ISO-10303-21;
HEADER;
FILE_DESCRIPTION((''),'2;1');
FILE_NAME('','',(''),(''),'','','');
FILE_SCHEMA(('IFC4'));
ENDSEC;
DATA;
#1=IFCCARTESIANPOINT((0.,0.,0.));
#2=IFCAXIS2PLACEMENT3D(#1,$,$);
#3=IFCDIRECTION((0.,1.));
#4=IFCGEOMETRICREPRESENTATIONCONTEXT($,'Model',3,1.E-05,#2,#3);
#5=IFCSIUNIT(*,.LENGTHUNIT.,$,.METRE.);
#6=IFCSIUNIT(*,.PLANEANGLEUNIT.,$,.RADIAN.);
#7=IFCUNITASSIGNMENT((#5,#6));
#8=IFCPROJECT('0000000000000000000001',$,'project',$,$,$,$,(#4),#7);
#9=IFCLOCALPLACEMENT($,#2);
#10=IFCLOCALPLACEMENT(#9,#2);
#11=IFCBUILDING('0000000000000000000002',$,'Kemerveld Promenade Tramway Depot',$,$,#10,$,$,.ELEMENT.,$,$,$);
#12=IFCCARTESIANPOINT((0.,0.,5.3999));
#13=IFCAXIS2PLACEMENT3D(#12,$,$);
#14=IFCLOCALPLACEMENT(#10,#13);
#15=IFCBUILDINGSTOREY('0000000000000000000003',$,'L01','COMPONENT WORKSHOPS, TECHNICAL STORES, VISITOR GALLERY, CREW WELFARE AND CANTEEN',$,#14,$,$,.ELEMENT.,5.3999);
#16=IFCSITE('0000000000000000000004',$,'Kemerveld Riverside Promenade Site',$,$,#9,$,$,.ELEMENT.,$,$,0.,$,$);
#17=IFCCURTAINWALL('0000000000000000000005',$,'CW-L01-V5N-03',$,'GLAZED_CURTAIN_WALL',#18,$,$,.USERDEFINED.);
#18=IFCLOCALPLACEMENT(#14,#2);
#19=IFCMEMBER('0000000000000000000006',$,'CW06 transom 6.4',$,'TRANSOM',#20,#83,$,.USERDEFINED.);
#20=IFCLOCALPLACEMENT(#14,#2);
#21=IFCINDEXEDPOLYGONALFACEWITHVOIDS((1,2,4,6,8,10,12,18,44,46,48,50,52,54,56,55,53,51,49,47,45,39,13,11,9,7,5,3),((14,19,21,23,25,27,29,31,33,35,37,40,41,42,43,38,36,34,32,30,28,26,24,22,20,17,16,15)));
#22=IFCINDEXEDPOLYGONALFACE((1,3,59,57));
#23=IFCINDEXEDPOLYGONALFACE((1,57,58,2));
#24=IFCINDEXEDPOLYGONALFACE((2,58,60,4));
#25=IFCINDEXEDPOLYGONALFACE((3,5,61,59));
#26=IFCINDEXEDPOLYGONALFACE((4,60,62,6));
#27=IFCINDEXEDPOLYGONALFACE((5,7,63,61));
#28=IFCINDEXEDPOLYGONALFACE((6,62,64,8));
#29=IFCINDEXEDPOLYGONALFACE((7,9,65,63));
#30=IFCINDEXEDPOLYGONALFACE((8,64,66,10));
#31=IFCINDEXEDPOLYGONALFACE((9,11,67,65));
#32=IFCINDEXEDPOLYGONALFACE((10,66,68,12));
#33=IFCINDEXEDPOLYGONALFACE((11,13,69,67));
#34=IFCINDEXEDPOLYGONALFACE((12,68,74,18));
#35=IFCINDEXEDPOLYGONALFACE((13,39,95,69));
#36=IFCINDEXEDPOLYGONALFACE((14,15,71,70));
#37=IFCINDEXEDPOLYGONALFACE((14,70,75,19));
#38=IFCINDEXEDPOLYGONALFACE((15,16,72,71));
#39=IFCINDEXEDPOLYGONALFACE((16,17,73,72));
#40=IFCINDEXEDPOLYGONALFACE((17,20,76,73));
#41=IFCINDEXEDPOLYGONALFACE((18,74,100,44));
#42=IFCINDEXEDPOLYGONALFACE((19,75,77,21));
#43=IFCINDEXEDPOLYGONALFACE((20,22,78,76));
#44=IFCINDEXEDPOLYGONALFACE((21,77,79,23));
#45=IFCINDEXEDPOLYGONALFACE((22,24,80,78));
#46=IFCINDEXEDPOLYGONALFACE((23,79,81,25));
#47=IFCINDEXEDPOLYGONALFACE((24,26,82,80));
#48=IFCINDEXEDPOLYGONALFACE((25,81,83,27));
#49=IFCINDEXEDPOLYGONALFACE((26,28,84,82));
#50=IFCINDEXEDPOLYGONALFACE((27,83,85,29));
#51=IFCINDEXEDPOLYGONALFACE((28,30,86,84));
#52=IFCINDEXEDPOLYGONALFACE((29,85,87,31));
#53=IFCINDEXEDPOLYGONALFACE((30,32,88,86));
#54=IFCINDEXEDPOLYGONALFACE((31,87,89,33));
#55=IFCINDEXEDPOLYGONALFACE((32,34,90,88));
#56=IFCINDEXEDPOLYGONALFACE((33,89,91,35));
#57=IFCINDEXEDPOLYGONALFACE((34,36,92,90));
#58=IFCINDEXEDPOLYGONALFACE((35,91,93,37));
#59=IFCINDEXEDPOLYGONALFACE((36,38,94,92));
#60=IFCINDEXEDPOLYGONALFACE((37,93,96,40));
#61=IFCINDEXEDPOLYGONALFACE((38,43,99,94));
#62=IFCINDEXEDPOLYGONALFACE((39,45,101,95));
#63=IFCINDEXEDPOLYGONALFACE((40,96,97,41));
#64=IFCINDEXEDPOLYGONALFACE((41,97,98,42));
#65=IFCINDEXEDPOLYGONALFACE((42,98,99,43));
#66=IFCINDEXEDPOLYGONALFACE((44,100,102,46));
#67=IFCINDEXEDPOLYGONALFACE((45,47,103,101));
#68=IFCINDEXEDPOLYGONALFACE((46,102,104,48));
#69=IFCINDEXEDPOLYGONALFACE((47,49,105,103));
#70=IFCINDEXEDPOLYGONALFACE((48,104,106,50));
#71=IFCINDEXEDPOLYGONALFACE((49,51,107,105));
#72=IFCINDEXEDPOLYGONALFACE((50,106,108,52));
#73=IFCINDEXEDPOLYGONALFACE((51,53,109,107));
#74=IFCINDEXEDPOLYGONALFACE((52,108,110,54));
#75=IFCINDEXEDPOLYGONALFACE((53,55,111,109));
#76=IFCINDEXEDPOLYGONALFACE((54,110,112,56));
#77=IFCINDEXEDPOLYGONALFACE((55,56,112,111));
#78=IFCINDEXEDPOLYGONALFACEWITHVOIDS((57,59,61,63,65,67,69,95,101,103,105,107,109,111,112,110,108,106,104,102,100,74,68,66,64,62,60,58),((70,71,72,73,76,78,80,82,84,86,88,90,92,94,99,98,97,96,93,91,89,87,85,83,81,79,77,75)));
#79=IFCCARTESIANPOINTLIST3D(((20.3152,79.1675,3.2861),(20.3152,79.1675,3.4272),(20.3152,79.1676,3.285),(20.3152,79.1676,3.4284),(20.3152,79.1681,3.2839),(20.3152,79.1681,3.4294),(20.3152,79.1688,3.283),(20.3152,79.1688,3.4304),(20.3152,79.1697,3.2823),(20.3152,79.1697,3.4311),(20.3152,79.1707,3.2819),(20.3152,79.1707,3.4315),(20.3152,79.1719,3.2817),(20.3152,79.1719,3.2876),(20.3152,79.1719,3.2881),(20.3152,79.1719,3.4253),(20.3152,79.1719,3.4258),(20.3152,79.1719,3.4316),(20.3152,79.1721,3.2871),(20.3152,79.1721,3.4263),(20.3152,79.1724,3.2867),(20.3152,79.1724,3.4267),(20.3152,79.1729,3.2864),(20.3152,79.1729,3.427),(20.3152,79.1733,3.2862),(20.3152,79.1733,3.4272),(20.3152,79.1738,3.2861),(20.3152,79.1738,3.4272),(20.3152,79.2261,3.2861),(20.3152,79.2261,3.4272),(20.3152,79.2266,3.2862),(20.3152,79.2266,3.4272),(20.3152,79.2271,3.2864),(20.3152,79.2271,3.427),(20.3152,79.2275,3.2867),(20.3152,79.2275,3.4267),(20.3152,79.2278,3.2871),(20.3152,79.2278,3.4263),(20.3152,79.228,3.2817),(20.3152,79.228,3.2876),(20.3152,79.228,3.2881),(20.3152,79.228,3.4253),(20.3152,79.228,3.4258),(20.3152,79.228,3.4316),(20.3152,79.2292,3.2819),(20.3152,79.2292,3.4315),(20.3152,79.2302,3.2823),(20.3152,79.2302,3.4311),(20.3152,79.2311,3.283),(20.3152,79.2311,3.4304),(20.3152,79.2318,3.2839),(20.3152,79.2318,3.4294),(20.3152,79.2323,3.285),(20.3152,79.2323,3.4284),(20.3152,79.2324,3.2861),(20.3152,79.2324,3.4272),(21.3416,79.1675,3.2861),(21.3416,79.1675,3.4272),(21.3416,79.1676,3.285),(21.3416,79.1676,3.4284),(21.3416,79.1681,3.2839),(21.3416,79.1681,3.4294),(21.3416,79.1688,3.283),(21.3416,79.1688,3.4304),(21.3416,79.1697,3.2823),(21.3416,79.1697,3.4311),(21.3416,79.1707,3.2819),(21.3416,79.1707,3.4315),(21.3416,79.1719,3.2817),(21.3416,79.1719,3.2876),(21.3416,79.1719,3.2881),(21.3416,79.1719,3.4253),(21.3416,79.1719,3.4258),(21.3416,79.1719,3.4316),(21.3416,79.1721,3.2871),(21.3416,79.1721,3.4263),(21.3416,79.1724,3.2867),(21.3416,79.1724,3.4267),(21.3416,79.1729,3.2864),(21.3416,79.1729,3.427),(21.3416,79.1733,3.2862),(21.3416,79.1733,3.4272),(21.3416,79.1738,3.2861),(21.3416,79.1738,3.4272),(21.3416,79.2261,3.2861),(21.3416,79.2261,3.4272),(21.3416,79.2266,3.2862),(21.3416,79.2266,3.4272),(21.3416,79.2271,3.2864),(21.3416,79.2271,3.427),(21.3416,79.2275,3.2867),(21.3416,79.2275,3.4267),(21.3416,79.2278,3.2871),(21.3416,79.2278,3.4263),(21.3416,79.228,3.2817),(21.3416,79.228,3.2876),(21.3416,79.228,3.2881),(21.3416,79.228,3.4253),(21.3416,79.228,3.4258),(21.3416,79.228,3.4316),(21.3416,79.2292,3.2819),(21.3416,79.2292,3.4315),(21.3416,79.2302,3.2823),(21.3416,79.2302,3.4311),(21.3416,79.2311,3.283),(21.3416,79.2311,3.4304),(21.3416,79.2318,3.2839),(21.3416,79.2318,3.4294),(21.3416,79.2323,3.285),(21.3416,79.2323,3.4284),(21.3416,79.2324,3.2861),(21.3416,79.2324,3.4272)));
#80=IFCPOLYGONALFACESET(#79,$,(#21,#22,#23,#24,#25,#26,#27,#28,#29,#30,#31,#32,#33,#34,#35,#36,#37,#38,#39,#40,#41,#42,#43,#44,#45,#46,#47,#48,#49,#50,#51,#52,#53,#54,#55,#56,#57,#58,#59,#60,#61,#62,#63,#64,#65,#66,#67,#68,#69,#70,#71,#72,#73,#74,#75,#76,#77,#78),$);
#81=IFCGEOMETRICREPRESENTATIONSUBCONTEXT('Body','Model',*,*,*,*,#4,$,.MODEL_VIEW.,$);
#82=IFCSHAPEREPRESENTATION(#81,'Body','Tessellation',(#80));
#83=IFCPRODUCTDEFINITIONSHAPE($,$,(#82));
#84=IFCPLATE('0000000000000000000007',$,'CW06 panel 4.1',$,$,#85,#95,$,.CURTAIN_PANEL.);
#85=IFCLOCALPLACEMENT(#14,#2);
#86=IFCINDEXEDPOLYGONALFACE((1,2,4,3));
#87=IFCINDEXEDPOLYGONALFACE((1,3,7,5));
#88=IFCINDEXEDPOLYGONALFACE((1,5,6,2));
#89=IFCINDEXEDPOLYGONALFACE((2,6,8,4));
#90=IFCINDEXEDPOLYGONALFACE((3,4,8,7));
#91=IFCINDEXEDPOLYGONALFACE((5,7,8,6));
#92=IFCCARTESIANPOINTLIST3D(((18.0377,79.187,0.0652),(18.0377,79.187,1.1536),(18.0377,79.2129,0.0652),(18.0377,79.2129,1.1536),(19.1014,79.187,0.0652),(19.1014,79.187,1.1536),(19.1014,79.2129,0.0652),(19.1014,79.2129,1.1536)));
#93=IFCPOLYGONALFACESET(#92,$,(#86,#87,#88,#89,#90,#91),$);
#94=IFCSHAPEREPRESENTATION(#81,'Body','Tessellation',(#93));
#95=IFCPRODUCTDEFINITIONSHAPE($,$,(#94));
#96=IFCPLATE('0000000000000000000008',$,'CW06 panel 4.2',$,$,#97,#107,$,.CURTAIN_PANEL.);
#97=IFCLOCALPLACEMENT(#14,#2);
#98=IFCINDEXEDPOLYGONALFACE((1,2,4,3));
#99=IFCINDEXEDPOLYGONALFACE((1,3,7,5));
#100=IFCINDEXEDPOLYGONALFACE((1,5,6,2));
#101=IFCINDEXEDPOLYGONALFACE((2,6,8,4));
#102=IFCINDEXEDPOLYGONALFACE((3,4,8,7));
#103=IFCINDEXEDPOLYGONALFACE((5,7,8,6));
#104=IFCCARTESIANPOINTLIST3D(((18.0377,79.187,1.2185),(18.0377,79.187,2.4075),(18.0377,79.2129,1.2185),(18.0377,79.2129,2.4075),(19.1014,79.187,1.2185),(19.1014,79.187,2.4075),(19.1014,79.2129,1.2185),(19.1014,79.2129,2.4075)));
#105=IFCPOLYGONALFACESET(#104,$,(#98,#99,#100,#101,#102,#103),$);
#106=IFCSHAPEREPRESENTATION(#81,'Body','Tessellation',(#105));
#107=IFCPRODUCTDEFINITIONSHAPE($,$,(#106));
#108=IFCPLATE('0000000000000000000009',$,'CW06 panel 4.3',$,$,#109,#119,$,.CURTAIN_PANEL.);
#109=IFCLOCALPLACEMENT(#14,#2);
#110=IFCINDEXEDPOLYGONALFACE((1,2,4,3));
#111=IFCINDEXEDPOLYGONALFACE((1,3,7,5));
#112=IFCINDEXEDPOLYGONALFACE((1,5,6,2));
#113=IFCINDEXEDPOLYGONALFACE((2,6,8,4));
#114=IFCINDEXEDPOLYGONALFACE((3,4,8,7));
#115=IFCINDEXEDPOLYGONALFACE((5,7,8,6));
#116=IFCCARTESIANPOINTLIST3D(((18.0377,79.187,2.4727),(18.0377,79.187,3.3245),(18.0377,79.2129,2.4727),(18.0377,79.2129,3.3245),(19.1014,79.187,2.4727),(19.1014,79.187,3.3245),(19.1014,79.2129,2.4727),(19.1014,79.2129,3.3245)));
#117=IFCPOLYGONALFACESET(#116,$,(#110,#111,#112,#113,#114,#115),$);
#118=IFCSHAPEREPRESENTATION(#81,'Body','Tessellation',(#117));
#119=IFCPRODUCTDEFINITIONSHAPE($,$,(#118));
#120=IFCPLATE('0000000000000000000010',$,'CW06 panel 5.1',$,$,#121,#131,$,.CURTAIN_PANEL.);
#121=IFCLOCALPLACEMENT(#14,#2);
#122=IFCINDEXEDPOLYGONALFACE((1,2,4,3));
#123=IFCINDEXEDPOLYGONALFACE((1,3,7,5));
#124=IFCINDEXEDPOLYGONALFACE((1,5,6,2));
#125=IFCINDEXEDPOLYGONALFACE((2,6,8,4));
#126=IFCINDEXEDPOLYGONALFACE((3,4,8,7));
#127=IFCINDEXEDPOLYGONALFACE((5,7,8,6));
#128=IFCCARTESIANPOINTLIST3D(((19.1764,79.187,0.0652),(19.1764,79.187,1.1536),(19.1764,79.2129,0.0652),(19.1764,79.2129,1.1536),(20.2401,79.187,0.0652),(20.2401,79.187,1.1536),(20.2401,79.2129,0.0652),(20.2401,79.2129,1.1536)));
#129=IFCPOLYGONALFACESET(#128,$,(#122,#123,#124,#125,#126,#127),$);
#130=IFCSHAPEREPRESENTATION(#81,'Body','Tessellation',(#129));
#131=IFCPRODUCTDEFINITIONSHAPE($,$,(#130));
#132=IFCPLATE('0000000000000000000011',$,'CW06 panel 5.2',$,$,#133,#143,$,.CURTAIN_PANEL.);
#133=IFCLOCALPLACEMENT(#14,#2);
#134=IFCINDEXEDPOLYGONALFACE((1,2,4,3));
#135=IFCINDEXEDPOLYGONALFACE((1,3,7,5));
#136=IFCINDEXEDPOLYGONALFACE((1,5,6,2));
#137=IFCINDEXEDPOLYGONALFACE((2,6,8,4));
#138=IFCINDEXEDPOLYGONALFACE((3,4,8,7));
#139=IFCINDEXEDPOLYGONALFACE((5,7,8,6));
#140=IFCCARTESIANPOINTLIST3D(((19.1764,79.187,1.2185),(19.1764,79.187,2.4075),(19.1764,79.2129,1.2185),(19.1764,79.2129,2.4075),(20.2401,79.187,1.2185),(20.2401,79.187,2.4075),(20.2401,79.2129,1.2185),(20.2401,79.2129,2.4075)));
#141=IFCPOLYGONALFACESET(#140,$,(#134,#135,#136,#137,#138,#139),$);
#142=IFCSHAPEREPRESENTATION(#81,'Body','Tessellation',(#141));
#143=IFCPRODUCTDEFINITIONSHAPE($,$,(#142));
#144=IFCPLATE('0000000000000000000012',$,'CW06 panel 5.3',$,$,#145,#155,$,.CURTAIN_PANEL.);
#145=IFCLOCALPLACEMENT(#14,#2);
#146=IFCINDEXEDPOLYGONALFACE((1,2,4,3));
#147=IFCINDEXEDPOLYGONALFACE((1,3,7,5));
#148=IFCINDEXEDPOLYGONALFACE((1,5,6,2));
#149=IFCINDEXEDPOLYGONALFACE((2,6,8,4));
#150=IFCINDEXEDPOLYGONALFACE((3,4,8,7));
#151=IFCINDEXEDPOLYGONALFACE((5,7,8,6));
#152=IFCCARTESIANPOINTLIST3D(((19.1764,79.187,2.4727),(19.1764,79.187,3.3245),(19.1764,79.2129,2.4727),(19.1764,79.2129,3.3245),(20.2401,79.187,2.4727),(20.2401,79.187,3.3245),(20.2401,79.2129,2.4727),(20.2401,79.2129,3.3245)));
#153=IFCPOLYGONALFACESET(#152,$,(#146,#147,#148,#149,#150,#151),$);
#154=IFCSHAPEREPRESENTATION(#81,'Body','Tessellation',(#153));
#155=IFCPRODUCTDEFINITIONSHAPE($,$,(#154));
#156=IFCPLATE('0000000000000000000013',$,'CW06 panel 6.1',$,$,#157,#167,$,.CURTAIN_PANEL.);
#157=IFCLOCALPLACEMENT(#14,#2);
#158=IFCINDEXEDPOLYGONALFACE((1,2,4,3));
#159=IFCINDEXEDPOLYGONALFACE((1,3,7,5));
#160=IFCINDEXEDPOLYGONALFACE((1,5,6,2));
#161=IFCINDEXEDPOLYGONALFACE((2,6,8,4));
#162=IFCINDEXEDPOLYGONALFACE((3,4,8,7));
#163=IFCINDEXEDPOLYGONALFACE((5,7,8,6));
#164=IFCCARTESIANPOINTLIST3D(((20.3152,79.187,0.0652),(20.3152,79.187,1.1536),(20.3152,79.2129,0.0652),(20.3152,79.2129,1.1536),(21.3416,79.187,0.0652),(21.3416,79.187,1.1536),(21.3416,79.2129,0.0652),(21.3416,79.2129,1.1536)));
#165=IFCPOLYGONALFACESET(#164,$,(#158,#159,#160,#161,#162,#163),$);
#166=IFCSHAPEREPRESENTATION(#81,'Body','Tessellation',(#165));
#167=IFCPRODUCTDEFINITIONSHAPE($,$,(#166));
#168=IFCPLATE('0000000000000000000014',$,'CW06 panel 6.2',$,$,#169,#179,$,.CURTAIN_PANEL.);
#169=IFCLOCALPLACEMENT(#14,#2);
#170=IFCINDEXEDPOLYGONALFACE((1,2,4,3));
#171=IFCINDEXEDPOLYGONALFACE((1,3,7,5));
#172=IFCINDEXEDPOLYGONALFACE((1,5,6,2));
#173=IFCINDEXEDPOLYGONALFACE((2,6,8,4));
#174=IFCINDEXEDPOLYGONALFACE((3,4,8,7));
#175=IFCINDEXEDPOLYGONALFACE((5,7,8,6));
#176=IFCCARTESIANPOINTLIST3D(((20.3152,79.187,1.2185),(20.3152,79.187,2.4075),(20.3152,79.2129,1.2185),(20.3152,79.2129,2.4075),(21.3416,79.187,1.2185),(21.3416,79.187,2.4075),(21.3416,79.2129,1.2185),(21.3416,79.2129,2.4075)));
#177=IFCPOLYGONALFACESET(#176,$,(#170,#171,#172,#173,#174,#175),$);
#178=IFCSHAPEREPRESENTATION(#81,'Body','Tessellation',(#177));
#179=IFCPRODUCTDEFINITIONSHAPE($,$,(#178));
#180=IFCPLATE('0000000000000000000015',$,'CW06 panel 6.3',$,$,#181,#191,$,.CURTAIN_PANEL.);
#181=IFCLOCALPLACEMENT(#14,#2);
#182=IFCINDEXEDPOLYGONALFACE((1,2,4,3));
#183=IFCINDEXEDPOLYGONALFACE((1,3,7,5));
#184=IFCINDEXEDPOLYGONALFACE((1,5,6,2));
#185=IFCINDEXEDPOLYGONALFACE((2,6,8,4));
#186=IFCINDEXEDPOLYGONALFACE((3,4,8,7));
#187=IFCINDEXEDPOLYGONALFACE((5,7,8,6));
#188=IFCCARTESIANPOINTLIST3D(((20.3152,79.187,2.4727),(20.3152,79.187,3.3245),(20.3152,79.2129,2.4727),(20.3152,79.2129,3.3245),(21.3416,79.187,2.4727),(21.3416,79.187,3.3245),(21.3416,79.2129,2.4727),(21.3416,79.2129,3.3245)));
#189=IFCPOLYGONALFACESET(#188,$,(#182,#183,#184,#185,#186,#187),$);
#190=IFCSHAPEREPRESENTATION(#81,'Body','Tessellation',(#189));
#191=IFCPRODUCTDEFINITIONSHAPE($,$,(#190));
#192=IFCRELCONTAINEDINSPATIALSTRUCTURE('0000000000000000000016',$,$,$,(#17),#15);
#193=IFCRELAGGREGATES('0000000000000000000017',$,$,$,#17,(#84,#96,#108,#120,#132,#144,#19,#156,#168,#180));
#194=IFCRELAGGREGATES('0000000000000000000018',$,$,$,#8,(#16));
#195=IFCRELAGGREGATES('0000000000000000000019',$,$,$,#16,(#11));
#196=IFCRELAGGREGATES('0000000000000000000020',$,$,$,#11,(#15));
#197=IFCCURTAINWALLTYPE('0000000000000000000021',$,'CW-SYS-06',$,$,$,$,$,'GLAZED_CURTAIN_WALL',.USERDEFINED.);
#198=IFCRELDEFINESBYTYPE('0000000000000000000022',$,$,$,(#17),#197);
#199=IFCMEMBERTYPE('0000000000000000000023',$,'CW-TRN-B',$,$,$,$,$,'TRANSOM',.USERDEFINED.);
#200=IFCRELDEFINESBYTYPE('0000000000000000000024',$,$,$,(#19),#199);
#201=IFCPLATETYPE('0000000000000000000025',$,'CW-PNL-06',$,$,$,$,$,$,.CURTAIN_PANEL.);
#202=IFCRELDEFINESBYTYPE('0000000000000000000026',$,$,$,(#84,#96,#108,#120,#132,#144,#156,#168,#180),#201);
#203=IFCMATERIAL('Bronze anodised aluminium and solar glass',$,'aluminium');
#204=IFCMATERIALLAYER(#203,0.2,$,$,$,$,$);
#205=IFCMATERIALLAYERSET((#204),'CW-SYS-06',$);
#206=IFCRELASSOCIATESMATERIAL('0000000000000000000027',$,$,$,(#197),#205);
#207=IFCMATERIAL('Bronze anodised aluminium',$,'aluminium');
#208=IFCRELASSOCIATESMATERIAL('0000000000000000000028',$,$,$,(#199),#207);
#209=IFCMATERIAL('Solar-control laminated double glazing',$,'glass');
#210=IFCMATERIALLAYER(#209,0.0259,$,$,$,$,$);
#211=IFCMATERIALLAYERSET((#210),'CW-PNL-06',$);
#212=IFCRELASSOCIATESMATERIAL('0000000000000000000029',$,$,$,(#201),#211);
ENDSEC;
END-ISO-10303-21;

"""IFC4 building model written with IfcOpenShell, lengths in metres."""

from ifc_helpers import new_model, si_unit, direction, frame, origin, origin_2d, place, context, subcontext, project, spatial, rectangle, hollow_rectangle, extrude, material, layer, layer_set, material_profile, profile_set, type_object, element, aggregate, save


model = new_model("IFC4")

# Units and contexts
model_context = context("Model", 3, precision=1e-05, world=origin(), true_north=direction((0.0, 1.0)))
body_context = subcontext(model_context, "Body", "Model", "MODEL_VIEW")
ifc_project = project(units=[si_unit("LENGTHUNIT", "METRE"), si_unit("PLANEANGLEUNIT", "RADIAN")], contexts=[model_context])

# Site, building, storey
site_placement = place(None, origin())
site = spatial("IfcSite", under=ifc_project, at=site_placement, Name="Kemerveld Riverside Promenade Site", CompositionType="ELEMENT", RefElevation=0.0)
building_placement = place(site_placement, origin())
building = spatial("IfcBuilding", under=site, at=building_placement, Name="Kemerveld Promenade Tramway Depot", CompositionType="ELEMENT")
storey_placement = place(building_placement, frame((0.0, 0.0, 5.3999)))
storey = spatial("IfcBuildingStorey", under=building, at=storey_placement, Name="L01", Description="COMPONENT WORKSHOPS, TECHNICAL STORES, VISITOR GALLERY, CREW WELFARE AND CANTEEN", CompositionType="ELEMENT", Elevation=5.3999)

# Curtain wall, member, plates
ifc_material_1 = material(Name="Bronze anodised aluminium and solar glass", Category="aluminium")
ifc_layer_1 = layer(ifc_material_1, 0.2)
ifc_layer_set_1 = layer_set([ifc_layer_1], Name="CW-SYS-06")
curtain_wall_type = type_object("IfcCurtainWallType", Name="CW-SYS-06", ElementType="GLAZED_CURTAIN_WALL", PredefinedType="USERDEFINED", material=ifc_layer_set_1)
curtain_wall_placement = place(storey_placement, origin())
curtain_wall = element("IfcCurtainWall", 1, at=curtain_wall_placement, inside=storey, type_object=curtain_wall_type, Name="CW-L01-V5N-03", ObjectType="GLAZED_CURTAIN_WALL", PredefinedType="USERDEFINED")
ifc_material_2 = material(Name="Bronze anodised aluminium", Category="aluminium")
ifc_material_profile_1 = material_profile(ifc_material_2, hollow_rectangle(XDim=0.0649, YDim=0.1499, WallThickness=0.0044, InnerFilletRadius=0.002, OuterFilletRadius=0.0044, at=origin_2d()), Name="CW-TRN-150x65")
ifc_profile_set_1 = profile_set([ifc_material_profile_1], Name="Bronze anodised aluminium")
member_type_1 = type_object("IfcMemberType", Name="CW-TRN-B", ElementType="TRANSOM", PredefinedType="USERDEFINED", material=ifc_profile_set_1)
member_1_placement = place(storey_placement, frame((20.3152, 79.2, 3.3567), z_axis=(1.0, 0.0, 0.0), x_axis=(0.0, 1.0, 0.0)))
member_1 = element("IfcMember", 2, at=member_1_placement, type_object=member_type_1, Name="CW06 transom 6.4", ObjectType="TRANSOM", PredefinedType="USERDEFINED", context=body_context, shape_type="SweptSolid", body=[
    extrude(hollow_rectangle(XDim=0.0649, YDim=0.1499, WallThickness=0.0044, InnerFilletRadius=0.002, OuterFilletRadius=0.0044, at=origin_2d()), origin(), (0.0, 0.0, 1.0), 1.0264),
])
ifc_material_3 = material(Name="Solar-control laminated double glazing", Category="glass")
ifc_layer_2 = layer(ifc_material_3, 0.0259)
ifc_layer_set_2 = layer_set([ifc_layer_2], Name="CW-PNL-06")
plate_type = type_object("IfcPlateType", Name="CW-PNL-06", PredefinedType="CURTAIN_PANEL", material=ifc_layer_set_2)
plate_1_placement = place(storey_placement, frame((18.5696, 79.2, 0.0652), z_axis=(0.0, 0.0, 1.0), x_axis=(1.0, 0.0, 0.0)))
plate_1 = element("IfcPlate", 3, at=plate_1_placement, type_object=plate_type, Name="CW06 panel 4.1", PredefinedType="CURTAIN_PANEL", context=body_context, shape_type="SweptSolid", body=[
    extrude(rectangle(XDim=1.0637, YDim=0.0259, at=origin_2d()), origin(), (0.0, 0.0, 1.0), 1.0884),
])
plate_2_placement = place(storey_placement, frame((18.5696, 79.2, 1.2185), z_axis=(0.0, 0.0, 1.0), x_axis=(1.0, 0.0, 0.0)))
plate_2 = element("IfcPlate", 4, at=plate_2_placement, type_object=plate_type, Name="CW06 panel 4.2", PredefinedType="CURTAIN_PANEL", context=body_context, shape_type="SweptSolid", body=[
    extrude(rectangle(XDim=1.0637, YDim=0.0259, at=origin_2d()), origin(), (0.0, 0.0, 1.0), 1.189),
])
plate_3_placement = place(storey_placement, frame((18.5696, 79.2, 2.4727), z_axis=(0.0, 0.0, 1.0), x_axis=(1.0, 0.0, 0.0)))
plate_3 = element("IfcPlate", 5, at=plate_3_placement, type_object=plate_type, Name="CW06 panel 4.3", PredefinedType="CURTAIN_PANEL", context=body_context, shape_type="SweptSolid", body=[
    extrude(rectangle(XDim=1.0637, YDim=0.0259, at=origin_2d()), origin(), (0.0, 0.0, 1.0), 0.8518),
])
plate_4_placement = place(storey_placement, frame((19.7083, 79.2, 0.0652), z_axis=(0.0, 0.0, 1.0), x_axis=(1.0, 0.0, 0.0)))
plate_4 = element("IfcPlate", 6, at=plate_4_placement, type_object=plate_type, Name="CW06 panel 5.1", PredefinedType="CURTAIN_PANEL", context=body_context, shape_type="SweptSolid", body=[
    extrude(rectangle(XDim=1.0637, YDim=0.0259, at=origin_2d()), origin(), (0.0, 0.0, 1.0), 1.0884),
])
plate_5_placement = place(storey_placement, frame((19.7083, 79.2, 1.2185), z_axis=(0.0, 0.0, 1.0), x_axis=(1.0, 0.0, 0.0)))
plate_5 = element("IfcPlate", 7, at=plate_5_placement, type_object=plate_type, Name="CW06 panel 5.2", PredefinedType="CURTAIN_PANEL", context=body_context, shape_type="SweptSolid", body=[
    extrude(rectangle(XDim=1.0637, YDim=0.0259, at=origin_2d()), origin(), (0.0, 0.0, 1.0), 1.189),
])
plate_6_placement = place(storey_placement, frame((19.7083, 79.2, 2.4727), z_axis=(0.0, 0.0, 1.0), x_axis=(1.0, 0.0, 0.0)))
plate_6 = element("IfcPlate", 8, at=plate_6_placement, type_object=plate_type, Name="CW06 panel 5.3", PredefinedType="CURTAIN_PANEL", context=body_context, shape_type="SweptSolid", body=[
    extrude(rectangle(XDim=1.0637, YDim=0.0259, at=origin_2d()), origin(), (0.0, 0.0, 1.0), 0.8518),
])
plate_7_placement = place(storey_placement, frame((20.8284, 79.2, 0.0652), z_axis=(0.0, 0.0, 1.0), x_axis=(1.0, 0.0, 0.0)))
plate_7 = element("IfcPlate", 9, at=plate_7_placement, type_object=plate_type, Name="CW06 panel 6.1", PredefinedType="CURTAIN_PANEL", context=body_context, shape_type="SweptSolid", body=[
    extrude(rectangle(XDim=1.0264, YDim=0.0259, at=origin_2d()), origin(), (0.0, 0.0, 1.0), 1.0884),
])
plate_8_placement = place(storey_placement, frame((20.8284, 79.2, 1.2185), z_axis=(0.0, 0.0, 1.0), x_axis=(1.0, 0.0, 0.0)))
plate_8 = element("IfcPlate", 10, at=plate_8_placement, type_object=plate_type, Name="CW06 panel 6.2", PredefinedType="CURTAIN_PANEL", context=body_context, shape_type="SweptSolid", body=[
    extrude(rectangle(XDim=1.0264, YDim=0.0259, at=origin_2d()), origin(), (0.0, 0.0, 1.0), 1.189),
])
plate_9_placement = place(storey_placement, frame((20.8284, 79.2, 2.4727), z_axis=(0.0, 0.0, 1.0), x_axis=(1.0, 0.0, 0.0)))
plate_9 = element("IfcPlate", 11, at=plate_9_placement, type_object=plate_type, Name="CW06 panel 6.3", PredefinedType="CURTAIN_PANEL", context=body_context, shape_type="SweptSolid", body=[
    extrude(rectangle(XDim=1.0264, YDim=0.0259, at=origin_2d()), origin(), (0.0, 0.0, 1.0), 0.8518),
])
aggregate(curtain_wall, [plate_1, plate_2, plate_3, plate_4, plate_5, plate_6, member_1, plate_7, plate_8, plate_9])

save(model, "model.ifc")
